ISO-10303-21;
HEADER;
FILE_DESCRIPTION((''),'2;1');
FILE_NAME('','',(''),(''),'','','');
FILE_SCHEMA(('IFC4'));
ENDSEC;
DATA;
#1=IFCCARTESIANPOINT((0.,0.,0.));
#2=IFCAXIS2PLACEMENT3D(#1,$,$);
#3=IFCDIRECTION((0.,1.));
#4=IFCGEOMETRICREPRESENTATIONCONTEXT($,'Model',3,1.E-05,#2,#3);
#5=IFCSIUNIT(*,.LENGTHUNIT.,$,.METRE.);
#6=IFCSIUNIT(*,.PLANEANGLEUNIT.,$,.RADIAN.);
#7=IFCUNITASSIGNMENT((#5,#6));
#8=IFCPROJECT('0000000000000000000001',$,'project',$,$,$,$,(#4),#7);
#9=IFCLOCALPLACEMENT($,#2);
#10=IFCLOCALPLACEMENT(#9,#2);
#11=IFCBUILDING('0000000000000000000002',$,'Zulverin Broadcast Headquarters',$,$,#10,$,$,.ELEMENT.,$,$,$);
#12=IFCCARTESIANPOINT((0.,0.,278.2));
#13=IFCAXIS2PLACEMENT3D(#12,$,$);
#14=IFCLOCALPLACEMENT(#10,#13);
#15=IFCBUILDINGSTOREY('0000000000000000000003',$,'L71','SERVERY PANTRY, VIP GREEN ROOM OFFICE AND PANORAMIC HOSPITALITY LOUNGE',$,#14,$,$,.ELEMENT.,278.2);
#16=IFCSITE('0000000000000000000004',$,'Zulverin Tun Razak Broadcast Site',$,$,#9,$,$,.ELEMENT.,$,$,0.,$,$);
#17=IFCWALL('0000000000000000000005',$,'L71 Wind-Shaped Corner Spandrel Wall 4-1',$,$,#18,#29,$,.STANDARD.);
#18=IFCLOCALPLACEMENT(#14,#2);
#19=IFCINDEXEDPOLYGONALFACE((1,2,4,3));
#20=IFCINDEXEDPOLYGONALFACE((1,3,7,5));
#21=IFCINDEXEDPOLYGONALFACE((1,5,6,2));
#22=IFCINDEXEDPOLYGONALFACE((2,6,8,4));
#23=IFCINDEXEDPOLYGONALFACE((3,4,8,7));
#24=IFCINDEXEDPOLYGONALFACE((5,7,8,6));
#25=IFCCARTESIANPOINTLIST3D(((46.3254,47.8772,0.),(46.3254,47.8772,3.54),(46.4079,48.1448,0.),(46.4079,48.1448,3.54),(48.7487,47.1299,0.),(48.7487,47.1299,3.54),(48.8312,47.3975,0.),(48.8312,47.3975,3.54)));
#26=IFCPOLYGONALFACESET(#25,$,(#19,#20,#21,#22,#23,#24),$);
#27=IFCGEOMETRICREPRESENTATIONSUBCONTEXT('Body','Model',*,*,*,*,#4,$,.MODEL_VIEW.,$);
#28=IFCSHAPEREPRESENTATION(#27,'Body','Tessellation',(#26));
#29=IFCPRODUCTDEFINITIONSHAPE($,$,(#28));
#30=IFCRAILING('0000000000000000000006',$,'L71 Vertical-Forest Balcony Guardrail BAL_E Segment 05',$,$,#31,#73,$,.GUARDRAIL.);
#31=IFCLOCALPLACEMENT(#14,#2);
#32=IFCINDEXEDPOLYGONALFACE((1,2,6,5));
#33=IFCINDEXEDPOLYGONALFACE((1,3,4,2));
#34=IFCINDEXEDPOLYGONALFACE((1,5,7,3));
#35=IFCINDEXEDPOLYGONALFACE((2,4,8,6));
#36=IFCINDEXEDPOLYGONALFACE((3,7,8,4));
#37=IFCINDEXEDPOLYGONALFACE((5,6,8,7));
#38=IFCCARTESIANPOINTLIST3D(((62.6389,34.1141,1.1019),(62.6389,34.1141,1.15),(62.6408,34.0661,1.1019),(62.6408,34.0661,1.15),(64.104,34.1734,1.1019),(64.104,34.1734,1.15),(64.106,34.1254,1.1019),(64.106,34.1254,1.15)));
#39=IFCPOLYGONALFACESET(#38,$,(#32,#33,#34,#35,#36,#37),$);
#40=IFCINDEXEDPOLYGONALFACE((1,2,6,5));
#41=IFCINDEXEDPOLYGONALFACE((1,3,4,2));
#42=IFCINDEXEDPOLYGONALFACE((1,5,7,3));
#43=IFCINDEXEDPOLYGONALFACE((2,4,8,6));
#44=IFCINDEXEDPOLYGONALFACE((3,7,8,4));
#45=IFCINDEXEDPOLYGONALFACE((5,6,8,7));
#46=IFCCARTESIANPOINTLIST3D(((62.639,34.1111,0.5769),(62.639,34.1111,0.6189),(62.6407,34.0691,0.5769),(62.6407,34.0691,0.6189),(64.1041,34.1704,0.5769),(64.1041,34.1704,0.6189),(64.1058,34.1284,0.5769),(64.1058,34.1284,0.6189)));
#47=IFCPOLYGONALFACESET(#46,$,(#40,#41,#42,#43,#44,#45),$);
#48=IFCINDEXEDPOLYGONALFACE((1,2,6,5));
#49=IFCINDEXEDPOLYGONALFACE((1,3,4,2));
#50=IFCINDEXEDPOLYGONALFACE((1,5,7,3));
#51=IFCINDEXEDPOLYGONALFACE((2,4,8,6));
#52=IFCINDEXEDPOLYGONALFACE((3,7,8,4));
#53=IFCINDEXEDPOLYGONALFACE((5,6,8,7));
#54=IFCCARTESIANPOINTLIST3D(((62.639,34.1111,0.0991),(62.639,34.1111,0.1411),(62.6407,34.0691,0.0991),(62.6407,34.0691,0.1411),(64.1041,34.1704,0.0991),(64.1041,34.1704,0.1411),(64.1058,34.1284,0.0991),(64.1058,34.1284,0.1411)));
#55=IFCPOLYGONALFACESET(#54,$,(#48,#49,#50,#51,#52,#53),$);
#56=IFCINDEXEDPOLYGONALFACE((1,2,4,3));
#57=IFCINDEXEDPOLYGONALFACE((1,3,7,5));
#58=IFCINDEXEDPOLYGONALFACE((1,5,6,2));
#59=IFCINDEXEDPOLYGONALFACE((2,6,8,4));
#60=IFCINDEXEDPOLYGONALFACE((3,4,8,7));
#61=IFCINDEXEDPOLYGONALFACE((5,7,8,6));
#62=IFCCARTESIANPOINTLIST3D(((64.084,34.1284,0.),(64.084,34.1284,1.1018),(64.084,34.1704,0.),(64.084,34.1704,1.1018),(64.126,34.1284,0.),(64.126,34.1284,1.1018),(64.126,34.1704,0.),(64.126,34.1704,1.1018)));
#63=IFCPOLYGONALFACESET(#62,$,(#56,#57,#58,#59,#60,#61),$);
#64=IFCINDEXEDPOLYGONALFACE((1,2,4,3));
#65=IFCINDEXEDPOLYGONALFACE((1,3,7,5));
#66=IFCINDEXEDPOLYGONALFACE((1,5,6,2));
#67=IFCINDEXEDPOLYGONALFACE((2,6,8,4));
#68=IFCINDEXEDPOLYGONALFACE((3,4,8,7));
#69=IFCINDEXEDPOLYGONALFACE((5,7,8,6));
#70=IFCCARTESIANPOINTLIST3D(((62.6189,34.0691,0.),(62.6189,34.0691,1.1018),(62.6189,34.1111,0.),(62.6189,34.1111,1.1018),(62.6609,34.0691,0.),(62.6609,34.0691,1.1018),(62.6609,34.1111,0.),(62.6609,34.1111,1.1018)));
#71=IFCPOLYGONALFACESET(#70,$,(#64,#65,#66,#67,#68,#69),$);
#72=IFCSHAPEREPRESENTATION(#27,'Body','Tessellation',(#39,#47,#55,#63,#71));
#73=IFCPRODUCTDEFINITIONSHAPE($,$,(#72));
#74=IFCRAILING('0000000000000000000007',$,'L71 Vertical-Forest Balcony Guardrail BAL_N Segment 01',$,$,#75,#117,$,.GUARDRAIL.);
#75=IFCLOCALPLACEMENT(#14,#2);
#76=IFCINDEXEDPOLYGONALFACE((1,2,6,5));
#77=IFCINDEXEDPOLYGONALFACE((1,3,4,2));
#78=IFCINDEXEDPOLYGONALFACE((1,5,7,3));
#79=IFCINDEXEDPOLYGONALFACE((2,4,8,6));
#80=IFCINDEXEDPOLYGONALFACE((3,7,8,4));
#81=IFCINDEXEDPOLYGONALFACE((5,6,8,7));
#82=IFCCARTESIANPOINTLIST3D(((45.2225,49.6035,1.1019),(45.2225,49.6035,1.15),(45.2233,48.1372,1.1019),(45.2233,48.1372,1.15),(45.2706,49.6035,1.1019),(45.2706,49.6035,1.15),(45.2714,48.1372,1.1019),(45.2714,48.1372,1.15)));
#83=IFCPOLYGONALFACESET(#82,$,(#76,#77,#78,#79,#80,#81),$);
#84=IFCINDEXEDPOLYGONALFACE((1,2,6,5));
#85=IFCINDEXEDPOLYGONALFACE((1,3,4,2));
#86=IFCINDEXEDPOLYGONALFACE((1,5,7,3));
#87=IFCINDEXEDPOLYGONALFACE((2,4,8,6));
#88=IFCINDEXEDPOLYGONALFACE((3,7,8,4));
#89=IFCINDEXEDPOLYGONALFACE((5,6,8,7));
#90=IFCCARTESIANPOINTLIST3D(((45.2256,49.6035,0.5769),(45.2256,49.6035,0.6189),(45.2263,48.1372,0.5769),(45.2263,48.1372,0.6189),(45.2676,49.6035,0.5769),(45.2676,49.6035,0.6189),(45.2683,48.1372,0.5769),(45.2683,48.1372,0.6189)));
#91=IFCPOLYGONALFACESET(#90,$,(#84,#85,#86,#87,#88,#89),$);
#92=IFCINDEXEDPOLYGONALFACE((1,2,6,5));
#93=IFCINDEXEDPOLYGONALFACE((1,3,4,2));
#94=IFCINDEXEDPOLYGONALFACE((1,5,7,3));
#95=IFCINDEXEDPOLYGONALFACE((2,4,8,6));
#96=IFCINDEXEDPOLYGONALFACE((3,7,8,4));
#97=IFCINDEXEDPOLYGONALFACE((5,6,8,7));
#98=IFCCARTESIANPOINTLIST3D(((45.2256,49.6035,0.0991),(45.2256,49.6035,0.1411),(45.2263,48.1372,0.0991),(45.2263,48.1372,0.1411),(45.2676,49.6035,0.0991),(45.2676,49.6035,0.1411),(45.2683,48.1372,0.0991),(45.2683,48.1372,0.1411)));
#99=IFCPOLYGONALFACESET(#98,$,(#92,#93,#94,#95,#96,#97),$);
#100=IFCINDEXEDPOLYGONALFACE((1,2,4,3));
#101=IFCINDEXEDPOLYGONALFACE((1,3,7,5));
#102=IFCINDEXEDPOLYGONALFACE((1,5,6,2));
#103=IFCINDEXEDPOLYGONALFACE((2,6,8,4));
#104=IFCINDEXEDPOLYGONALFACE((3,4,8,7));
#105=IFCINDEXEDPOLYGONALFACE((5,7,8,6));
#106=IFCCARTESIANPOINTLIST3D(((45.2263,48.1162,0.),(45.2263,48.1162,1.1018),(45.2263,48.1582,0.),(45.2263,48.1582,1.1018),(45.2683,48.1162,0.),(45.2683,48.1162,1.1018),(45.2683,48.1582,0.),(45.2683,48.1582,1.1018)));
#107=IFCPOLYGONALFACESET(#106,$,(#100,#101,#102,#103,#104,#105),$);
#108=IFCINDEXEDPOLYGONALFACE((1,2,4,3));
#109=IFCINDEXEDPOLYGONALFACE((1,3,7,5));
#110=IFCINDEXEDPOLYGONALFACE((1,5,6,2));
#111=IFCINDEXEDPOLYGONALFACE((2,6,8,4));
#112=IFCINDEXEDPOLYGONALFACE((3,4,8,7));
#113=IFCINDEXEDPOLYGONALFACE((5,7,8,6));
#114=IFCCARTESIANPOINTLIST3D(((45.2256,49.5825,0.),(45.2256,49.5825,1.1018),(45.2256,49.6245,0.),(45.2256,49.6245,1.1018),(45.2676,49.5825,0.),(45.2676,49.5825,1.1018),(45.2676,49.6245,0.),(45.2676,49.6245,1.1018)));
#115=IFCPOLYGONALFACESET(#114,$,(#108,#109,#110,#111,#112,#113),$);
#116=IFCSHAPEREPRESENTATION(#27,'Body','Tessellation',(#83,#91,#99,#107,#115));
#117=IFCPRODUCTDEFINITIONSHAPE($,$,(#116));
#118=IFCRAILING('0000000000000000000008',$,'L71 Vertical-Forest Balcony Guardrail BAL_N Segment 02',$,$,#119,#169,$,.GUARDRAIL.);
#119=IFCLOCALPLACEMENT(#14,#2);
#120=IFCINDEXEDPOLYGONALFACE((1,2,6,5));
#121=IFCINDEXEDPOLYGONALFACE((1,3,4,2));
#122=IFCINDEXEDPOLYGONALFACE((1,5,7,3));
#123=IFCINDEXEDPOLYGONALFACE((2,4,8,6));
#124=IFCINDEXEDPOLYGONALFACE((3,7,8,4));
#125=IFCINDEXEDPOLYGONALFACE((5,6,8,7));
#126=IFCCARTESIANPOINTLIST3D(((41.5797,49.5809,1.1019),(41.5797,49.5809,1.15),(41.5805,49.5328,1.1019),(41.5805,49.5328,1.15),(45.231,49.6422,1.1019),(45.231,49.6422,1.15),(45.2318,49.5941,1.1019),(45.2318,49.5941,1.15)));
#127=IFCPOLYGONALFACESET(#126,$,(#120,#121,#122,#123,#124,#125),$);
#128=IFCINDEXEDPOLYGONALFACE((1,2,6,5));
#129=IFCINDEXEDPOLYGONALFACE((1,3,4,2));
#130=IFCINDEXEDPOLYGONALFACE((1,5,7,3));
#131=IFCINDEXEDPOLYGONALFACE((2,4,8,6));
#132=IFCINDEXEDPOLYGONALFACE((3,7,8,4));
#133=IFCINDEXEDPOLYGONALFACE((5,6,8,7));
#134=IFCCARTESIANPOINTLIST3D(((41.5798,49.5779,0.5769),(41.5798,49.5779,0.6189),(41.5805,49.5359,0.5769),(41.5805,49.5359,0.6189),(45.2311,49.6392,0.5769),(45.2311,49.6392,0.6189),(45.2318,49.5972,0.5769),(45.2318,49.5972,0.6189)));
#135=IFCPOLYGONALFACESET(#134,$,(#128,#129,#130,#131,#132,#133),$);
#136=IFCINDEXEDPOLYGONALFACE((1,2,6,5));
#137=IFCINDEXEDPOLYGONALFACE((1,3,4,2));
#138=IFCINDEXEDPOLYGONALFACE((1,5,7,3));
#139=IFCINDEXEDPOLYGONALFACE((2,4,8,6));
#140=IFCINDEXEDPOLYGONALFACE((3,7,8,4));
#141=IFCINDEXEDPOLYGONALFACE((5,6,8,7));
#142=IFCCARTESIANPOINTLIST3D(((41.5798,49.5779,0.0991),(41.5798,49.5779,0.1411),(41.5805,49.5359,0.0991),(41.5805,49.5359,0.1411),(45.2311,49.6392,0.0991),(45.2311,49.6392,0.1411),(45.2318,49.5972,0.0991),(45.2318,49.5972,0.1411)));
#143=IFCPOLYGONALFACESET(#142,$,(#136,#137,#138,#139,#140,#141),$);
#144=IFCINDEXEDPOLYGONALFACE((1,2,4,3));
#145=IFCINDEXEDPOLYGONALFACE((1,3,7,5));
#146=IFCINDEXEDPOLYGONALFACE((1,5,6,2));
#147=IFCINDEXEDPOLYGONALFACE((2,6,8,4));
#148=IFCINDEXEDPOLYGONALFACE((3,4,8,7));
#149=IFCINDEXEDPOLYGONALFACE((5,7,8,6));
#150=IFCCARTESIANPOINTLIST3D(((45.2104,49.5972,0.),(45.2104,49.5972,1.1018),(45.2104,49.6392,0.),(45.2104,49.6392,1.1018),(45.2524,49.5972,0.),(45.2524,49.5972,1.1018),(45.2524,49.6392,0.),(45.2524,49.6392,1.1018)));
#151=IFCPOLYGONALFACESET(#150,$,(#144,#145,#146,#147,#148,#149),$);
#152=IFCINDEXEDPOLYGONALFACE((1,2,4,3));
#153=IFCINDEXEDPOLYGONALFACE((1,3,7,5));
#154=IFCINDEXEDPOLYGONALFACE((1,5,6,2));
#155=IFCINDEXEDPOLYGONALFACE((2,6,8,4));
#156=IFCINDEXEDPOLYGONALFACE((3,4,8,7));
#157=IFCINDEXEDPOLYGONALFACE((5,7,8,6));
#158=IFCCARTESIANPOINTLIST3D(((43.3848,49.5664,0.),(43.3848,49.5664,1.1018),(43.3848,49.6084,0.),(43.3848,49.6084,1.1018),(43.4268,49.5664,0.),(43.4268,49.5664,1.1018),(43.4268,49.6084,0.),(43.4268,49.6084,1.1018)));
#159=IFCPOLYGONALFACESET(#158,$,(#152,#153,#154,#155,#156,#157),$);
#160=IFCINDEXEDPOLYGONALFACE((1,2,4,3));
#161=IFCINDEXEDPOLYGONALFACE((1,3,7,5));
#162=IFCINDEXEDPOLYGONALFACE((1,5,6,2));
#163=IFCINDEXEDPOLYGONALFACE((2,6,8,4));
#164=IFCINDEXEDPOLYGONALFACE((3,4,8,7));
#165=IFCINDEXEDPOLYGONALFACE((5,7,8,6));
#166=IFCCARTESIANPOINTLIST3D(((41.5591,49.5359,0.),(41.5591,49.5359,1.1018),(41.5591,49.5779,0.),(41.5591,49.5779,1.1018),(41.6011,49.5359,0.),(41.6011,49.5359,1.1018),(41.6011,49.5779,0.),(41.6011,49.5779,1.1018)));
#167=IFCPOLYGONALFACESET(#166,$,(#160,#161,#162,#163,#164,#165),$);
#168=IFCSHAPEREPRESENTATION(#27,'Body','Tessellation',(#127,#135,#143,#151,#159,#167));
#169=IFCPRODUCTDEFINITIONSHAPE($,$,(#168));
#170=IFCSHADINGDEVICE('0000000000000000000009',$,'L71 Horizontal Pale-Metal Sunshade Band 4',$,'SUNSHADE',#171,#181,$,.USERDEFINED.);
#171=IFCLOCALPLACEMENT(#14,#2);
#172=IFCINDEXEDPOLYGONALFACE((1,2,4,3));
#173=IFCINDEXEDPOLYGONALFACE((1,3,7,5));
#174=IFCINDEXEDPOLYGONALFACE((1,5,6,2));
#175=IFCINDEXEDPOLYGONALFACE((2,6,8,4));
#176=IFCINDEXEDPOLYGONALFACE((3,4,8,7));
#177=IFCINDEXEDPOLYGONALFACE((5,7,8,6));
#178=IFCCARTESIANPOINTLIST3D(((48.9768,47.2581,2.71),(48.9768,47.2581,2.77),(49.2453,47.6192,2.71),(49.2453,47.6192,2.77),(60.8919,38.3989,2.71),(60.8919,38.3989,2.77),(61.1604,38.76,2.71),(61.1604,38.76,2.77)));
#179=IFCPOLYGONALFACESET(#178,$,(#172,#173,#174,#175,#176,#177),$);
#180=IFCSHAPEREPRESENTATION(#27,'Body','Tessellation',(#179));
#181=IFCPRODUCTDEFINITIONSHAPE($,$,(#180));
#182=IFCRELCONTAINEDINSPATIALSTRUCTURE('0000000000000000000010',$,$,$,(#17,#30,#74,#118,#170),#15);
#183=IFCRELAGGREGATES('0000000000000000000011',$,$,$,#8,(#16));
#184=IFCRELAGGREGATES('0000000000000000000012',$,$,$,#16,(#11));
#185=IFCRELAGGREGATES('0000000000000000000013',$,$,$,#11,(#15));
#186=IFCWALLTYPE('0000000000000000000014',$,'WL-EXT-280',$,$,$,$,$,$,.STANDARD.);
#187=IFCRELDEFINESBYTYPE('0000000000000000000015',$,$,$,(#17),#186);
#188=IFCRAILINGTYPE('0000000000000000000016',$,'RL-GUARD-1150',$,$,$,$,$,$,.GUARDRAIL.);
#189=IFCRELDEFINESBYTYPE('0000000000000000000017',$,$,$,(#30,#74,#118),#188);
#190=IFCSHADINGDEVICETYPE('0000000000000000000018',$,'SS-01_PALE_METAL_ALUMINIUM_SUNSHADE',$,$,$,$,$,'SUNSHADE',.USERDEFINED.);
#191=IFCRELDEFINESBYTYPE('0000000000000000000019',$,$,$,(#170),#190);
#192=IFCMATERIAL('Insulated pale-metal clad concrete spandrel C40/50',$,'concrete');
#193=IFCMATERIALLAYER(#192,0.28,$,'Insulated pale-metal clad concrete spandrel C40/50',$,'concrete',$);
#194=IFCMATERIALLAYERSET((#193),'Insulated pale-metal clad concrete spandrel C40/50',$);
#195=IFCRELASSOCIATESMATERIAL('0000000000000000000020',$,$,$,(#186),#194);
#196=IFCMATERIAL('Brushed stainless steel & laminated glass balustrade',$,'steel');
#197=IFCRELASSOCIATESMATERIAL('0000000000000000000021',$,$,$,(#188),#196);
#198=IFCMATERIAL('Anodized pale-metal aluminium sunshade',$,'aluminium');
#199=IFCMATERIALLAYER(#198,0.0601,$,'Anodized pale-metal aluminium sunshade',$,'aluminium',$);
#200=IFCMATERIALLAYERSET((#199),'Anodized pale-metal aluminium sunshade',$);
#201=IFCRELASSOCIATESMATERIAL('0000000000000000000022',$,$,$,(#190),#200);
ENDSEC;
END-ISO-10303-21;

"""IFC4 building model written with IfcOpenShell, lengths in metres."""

from ifc_helpers import new_model, si_unit, direction, frame, frame_2d, origin, origin_2d, place, context, subcontext, project, spatial, rectangle, extrude, material, layer, layer_set, type_object, element, save


model = new_model("IFC4")

# Units and contexts
model_context = context("Model", 3, precision=1e-05, world=origin(), true_north=direction((0.0, 1.0)))
body_context = subcontext(model_context, "Body", "Model", "MODEL_VIEW")
ifc_project = project(units=[si_unit("LENGTHUNIT", "METRE"), si_unit("PLANEANGLEUNIT", "RADIAN")], contexts=[model_context])

# Site, building, storey
site_placement = place(None, origin())
site = spatial("IfcSite", under=ifc_project, at=site_placement, Name="Zulverin Tun Razak Broadcast Site", CompositionType="ELEMENT", RefElevation=0.0)
building_placement = place(site_placement, origin())
building = spatial("IfcBuilding", under=site, at=building_placement, Name="Zulverin Broadcast Headquarters", CompositionType="ELEMENT")
storey_placement = place(building_placement, frame((0.0, 0.0, 278.2)))
storey = spatial("IfcBuildingStorey", under=building, at=storey_placement, Name="L71", Description="SERVERY PANTRY, VIP GREEN ROOM OFFICE AND PANORAMIC HOSPITALITY LOUNGE", CompositionType="ELEMENT", Elevation=278.2)

# Shared definitions
ifc_material_1 = material(Name="Insulated pale-metal clad concrete spandrel C40/50", Category="concrete")
ifc_layer_1 = layer(ifc_material_1, 0.28, Name="Insulated pale-metal clad concrete spandrel C40/50", Category="concrete")
ifc_layer_set_1 = layer_set([ifc_layer_1], Name="Insulated pale-metal clad concrete spandrel C40/50")
wall_type = type_object("IfcWallType", Name="WL-EXT-280", PredefinedType="STANDARD", material=ifc_layer_set_1)

# Wall
wall_1_placement = place(storey_placement, frame((48.79, 47.2637, 0.0), z_axis=(0.0, 0.0, 1.0), x_axis=(-0.955594, 0.294688, 0.0)))
element("IfcWall", 1, at=wall_1_placement, inside=storey, type_object=wall_type, Name="L71 Wind-Shaped Corner Spandrel Wall 4-1", PredefinedType="STANDARD", context=body_context, shape_type="SweptSolid", body=[
    extrude(rectangle(XDim=2.5359, YDim=0.28, at=frame_2d((1.2681, 0.0))), origin(), (0.0, 0.0, 1.0), 3.54),
])

# Railings
ifc_material_2 = material(Name="Brushed stainless steel & laminated glass balustrade", Category="steel")
railing_type = type_object("IfcRailingType", Name="RL-GUARD-1150", PredefinedType="GUARDRAIL", material=ifc_material_2)
railing_1_placement = place(storey_placement, frame((64.105, 34.1494, 0.0)))
element("IfcRailing", 2, at=railing_1_placement, inside=storey, type_object=railing_type, Name="L71 Vertical-Forest Balcony Guardrail BAL_E Segment 05", PredefinedType="GUARDRAIL", context=body_context, shape_type="SweptSolid", body=[
    extrude(rectangle(XDim=0.0481, YDim=0.0481, at=origin_2d()), frame((0.0, 0.0, 1.126), z_axis=(-0.999181, -0.04046, 0.0), x_axis=(0.04046, -0.999181, 0.0)), (0.0, 0.0, 1.0), 1.4663),
    extrude(rectangle(XDim=0.042, YDim=0.042, at=origin_2d()), frame((0.0, 0.0, 0.5979), z_axis=(-0.999181, -0.04046, 0.0), x_axis=(0.04046, -0.999181, 0.0)), (0.0, 0.0, 1.0), 1.4663),
    extrude(rectangle(XDim=0.042, YDim=0.042, at=origin_2d()), frame((0.0, 0.0, 0.1201), z_axis=(-0.999181, -0.04046, 0.0), x_axis=(0.04046, -0.999181, 0.0)), (0.0, 0.0, 1.0), 1.4663),
    extrude(rectangle(XDim=0.042, YDim=0.042, at=origin_2d()), origin(), (0.0, 0.0, 1.0), 1.1018),
    extrude(rectangle(XDim=0.042, YDim=0.042, at=origin_2d()), frame((-1.4651, -0.0593, 0.0)), (0.0, 0.0, 1.0), 1.1018),
])
railing_2_placement = place(storey_placement, frame((45.2473, 48.1372, 0.0)))
element("IfcRailing", 3, at=railing_2_placement, inside=storey, type_object=railing_type, Name="L71 Vertical-Forest Balcony Guardrail BAL_N Segment 01", PredefinedType="GUARDRAIL", context=body_context, shape_type="SweptSolid", body=[
    extrude(rectangle(XDim=0.0481, YDim=0.0481, at=origin_2d()), frame((0.0, 0.0, 1.126), z_axis=(-0.0005, 1.0, 0.0), x_axis=(-1.0, -0.0005, 0.0)), (0.0, 0.0, 1.0), 1.4663),
    extrude(rectangle(XDim=0.042, YDim=0.042, at=origin_2d()), frame((0.0, 0.0, 0.5979), z_axis=(-0.0005, 1.0, 0.0), x_axis=(-1.0, -0.0005, 0.0)), (0.0, 0.0, 1.0), 1.4663),
    extrude(rectangle(XDim=0.042, YDim=0.042, at=origin_2d()), frame((0.0, 0.0, 0.1201), z_axis=(-0.0005, 1.0, 0.0), x_axis=(-1.0, -0.0005, 0.0)), (0.0, 0.0, 1.0), 1.4663),
    extrude(rectangle(XDim=0.042, YDim=0.042, at=origin_2d()), origin(), (0.0, 0.0, 1.0), 1.1018),
    extrude(rectangle(XDim=0.042, YDim=0.042, at=origin_2d()), frame((-0.0007, 1.4663, 0.0)), (0.0, 0.0, 1.0), 1.1018),
])
railing_3_placement = place(storey_placement, frame((45.2314, 49.6182, 0.0)))
element("IfcRailing", 4, at=railing_3_placement, inside=storey, type_object=railing_type, Name="L71 Vertical-Forest Balcony Guardrail BAL_N Segment 02", PredefinedType="GUARDRAIL", context=body_context, shape_type="SweptSolid", body=[
    extrude(rectangle(XDim=0.0481, YDim=0.0481, at=origin_2d()), frame((0.0, 0.0, 1.126), z_axis=(-0.999859, -0.01678, 0.0), x_axis=(0.01678, -0.999859, 0.0)), (0.0, 0.0, 1.0), 3.6519),
    extrude(rectangle(XDim=0.042, YDim=0.042, at=origin_2d()), frame((0.0, 0.0, 0.5979), z_axis=(-0.999859, -0.01678, 0.0), x_axis=(0.01678, -0.999859, 0.0)), (0.0, 0.0, 1.0), 3.6519),
    extrude(rectangle(XDim=0.042, YDim=0.042, at=origin_2d()), frame((0.0, 0.0, 0.1201), z_axis=(-0.999859, -0.01678, 0.0), x_axis=(0.01678, -0.999859, 0.0)), (0.0, 0.0, 1.0), 3.6519),
    extrude(rectangle(XDim=0.042, YDim=0.042, at=origin_2d()), origin(), (0.0, 0.0, 1.0), 1.1018),
    extrude(rectangle(XDim=0.042, YDim=0.042, at=origin_2d()), frame((-1.8257, -0.0308, 0.0)), (0.0, 0.0, 1.0), 1.1018),
    extrude(rectangle(XDim=0.042, YDim=0.042, at=origin_2d()), frame((-3.6514, -0.0613, 0.0)), (0.0, 0.0, 1.0), 1.1018),
])

# Shading device
ifc_material_3 = material(Name="Anodized pale-metal aluminium sunshade", Category="aluminium")
ifc_layer_2 = layer(ifc_material_3, 0.0601, Name="Anodized pale-metal aluminium sunshade", Category="aluminium")
ifc_layer_set_2 = layer_set([ifc_layer_2], Name="Anodized pale-metal aluminium sunshade")
shading_device_type = type_object("IfcShadingDeviceType", Name="SS-01_PALE_METAL_ALUMINIUM_SUNSHADE", ElementType="SUNSHADE", PredefinedType="USERDEFINED", material=ifc_layer_set_2)
shading_device_placement = place(storey_placement, frame((55.0686, 43.009, 2.71), z_axis=(0.0, 0.0, 1.0), x_axis=(-0.802486, 0.59667, 0.0)))
element("IfcShadingDevice", 5, at=shading_device_placement, inside=storey, type_object=shading_device_type, Name="L71 Horizontal Pale-Metal Sunshade Band 4", ObjectType="SUNSHADE", PredefinedType="USERDEFINED", context=body_context, shape_type="SweptSolid", body=[
    extrude(rectangle(XDim=14.8477, YDim=0.45, at=origin_2d()), origin(), (0.0, 0.0, 1.0), 0.0601),
])

save(model, "model.ifc")
